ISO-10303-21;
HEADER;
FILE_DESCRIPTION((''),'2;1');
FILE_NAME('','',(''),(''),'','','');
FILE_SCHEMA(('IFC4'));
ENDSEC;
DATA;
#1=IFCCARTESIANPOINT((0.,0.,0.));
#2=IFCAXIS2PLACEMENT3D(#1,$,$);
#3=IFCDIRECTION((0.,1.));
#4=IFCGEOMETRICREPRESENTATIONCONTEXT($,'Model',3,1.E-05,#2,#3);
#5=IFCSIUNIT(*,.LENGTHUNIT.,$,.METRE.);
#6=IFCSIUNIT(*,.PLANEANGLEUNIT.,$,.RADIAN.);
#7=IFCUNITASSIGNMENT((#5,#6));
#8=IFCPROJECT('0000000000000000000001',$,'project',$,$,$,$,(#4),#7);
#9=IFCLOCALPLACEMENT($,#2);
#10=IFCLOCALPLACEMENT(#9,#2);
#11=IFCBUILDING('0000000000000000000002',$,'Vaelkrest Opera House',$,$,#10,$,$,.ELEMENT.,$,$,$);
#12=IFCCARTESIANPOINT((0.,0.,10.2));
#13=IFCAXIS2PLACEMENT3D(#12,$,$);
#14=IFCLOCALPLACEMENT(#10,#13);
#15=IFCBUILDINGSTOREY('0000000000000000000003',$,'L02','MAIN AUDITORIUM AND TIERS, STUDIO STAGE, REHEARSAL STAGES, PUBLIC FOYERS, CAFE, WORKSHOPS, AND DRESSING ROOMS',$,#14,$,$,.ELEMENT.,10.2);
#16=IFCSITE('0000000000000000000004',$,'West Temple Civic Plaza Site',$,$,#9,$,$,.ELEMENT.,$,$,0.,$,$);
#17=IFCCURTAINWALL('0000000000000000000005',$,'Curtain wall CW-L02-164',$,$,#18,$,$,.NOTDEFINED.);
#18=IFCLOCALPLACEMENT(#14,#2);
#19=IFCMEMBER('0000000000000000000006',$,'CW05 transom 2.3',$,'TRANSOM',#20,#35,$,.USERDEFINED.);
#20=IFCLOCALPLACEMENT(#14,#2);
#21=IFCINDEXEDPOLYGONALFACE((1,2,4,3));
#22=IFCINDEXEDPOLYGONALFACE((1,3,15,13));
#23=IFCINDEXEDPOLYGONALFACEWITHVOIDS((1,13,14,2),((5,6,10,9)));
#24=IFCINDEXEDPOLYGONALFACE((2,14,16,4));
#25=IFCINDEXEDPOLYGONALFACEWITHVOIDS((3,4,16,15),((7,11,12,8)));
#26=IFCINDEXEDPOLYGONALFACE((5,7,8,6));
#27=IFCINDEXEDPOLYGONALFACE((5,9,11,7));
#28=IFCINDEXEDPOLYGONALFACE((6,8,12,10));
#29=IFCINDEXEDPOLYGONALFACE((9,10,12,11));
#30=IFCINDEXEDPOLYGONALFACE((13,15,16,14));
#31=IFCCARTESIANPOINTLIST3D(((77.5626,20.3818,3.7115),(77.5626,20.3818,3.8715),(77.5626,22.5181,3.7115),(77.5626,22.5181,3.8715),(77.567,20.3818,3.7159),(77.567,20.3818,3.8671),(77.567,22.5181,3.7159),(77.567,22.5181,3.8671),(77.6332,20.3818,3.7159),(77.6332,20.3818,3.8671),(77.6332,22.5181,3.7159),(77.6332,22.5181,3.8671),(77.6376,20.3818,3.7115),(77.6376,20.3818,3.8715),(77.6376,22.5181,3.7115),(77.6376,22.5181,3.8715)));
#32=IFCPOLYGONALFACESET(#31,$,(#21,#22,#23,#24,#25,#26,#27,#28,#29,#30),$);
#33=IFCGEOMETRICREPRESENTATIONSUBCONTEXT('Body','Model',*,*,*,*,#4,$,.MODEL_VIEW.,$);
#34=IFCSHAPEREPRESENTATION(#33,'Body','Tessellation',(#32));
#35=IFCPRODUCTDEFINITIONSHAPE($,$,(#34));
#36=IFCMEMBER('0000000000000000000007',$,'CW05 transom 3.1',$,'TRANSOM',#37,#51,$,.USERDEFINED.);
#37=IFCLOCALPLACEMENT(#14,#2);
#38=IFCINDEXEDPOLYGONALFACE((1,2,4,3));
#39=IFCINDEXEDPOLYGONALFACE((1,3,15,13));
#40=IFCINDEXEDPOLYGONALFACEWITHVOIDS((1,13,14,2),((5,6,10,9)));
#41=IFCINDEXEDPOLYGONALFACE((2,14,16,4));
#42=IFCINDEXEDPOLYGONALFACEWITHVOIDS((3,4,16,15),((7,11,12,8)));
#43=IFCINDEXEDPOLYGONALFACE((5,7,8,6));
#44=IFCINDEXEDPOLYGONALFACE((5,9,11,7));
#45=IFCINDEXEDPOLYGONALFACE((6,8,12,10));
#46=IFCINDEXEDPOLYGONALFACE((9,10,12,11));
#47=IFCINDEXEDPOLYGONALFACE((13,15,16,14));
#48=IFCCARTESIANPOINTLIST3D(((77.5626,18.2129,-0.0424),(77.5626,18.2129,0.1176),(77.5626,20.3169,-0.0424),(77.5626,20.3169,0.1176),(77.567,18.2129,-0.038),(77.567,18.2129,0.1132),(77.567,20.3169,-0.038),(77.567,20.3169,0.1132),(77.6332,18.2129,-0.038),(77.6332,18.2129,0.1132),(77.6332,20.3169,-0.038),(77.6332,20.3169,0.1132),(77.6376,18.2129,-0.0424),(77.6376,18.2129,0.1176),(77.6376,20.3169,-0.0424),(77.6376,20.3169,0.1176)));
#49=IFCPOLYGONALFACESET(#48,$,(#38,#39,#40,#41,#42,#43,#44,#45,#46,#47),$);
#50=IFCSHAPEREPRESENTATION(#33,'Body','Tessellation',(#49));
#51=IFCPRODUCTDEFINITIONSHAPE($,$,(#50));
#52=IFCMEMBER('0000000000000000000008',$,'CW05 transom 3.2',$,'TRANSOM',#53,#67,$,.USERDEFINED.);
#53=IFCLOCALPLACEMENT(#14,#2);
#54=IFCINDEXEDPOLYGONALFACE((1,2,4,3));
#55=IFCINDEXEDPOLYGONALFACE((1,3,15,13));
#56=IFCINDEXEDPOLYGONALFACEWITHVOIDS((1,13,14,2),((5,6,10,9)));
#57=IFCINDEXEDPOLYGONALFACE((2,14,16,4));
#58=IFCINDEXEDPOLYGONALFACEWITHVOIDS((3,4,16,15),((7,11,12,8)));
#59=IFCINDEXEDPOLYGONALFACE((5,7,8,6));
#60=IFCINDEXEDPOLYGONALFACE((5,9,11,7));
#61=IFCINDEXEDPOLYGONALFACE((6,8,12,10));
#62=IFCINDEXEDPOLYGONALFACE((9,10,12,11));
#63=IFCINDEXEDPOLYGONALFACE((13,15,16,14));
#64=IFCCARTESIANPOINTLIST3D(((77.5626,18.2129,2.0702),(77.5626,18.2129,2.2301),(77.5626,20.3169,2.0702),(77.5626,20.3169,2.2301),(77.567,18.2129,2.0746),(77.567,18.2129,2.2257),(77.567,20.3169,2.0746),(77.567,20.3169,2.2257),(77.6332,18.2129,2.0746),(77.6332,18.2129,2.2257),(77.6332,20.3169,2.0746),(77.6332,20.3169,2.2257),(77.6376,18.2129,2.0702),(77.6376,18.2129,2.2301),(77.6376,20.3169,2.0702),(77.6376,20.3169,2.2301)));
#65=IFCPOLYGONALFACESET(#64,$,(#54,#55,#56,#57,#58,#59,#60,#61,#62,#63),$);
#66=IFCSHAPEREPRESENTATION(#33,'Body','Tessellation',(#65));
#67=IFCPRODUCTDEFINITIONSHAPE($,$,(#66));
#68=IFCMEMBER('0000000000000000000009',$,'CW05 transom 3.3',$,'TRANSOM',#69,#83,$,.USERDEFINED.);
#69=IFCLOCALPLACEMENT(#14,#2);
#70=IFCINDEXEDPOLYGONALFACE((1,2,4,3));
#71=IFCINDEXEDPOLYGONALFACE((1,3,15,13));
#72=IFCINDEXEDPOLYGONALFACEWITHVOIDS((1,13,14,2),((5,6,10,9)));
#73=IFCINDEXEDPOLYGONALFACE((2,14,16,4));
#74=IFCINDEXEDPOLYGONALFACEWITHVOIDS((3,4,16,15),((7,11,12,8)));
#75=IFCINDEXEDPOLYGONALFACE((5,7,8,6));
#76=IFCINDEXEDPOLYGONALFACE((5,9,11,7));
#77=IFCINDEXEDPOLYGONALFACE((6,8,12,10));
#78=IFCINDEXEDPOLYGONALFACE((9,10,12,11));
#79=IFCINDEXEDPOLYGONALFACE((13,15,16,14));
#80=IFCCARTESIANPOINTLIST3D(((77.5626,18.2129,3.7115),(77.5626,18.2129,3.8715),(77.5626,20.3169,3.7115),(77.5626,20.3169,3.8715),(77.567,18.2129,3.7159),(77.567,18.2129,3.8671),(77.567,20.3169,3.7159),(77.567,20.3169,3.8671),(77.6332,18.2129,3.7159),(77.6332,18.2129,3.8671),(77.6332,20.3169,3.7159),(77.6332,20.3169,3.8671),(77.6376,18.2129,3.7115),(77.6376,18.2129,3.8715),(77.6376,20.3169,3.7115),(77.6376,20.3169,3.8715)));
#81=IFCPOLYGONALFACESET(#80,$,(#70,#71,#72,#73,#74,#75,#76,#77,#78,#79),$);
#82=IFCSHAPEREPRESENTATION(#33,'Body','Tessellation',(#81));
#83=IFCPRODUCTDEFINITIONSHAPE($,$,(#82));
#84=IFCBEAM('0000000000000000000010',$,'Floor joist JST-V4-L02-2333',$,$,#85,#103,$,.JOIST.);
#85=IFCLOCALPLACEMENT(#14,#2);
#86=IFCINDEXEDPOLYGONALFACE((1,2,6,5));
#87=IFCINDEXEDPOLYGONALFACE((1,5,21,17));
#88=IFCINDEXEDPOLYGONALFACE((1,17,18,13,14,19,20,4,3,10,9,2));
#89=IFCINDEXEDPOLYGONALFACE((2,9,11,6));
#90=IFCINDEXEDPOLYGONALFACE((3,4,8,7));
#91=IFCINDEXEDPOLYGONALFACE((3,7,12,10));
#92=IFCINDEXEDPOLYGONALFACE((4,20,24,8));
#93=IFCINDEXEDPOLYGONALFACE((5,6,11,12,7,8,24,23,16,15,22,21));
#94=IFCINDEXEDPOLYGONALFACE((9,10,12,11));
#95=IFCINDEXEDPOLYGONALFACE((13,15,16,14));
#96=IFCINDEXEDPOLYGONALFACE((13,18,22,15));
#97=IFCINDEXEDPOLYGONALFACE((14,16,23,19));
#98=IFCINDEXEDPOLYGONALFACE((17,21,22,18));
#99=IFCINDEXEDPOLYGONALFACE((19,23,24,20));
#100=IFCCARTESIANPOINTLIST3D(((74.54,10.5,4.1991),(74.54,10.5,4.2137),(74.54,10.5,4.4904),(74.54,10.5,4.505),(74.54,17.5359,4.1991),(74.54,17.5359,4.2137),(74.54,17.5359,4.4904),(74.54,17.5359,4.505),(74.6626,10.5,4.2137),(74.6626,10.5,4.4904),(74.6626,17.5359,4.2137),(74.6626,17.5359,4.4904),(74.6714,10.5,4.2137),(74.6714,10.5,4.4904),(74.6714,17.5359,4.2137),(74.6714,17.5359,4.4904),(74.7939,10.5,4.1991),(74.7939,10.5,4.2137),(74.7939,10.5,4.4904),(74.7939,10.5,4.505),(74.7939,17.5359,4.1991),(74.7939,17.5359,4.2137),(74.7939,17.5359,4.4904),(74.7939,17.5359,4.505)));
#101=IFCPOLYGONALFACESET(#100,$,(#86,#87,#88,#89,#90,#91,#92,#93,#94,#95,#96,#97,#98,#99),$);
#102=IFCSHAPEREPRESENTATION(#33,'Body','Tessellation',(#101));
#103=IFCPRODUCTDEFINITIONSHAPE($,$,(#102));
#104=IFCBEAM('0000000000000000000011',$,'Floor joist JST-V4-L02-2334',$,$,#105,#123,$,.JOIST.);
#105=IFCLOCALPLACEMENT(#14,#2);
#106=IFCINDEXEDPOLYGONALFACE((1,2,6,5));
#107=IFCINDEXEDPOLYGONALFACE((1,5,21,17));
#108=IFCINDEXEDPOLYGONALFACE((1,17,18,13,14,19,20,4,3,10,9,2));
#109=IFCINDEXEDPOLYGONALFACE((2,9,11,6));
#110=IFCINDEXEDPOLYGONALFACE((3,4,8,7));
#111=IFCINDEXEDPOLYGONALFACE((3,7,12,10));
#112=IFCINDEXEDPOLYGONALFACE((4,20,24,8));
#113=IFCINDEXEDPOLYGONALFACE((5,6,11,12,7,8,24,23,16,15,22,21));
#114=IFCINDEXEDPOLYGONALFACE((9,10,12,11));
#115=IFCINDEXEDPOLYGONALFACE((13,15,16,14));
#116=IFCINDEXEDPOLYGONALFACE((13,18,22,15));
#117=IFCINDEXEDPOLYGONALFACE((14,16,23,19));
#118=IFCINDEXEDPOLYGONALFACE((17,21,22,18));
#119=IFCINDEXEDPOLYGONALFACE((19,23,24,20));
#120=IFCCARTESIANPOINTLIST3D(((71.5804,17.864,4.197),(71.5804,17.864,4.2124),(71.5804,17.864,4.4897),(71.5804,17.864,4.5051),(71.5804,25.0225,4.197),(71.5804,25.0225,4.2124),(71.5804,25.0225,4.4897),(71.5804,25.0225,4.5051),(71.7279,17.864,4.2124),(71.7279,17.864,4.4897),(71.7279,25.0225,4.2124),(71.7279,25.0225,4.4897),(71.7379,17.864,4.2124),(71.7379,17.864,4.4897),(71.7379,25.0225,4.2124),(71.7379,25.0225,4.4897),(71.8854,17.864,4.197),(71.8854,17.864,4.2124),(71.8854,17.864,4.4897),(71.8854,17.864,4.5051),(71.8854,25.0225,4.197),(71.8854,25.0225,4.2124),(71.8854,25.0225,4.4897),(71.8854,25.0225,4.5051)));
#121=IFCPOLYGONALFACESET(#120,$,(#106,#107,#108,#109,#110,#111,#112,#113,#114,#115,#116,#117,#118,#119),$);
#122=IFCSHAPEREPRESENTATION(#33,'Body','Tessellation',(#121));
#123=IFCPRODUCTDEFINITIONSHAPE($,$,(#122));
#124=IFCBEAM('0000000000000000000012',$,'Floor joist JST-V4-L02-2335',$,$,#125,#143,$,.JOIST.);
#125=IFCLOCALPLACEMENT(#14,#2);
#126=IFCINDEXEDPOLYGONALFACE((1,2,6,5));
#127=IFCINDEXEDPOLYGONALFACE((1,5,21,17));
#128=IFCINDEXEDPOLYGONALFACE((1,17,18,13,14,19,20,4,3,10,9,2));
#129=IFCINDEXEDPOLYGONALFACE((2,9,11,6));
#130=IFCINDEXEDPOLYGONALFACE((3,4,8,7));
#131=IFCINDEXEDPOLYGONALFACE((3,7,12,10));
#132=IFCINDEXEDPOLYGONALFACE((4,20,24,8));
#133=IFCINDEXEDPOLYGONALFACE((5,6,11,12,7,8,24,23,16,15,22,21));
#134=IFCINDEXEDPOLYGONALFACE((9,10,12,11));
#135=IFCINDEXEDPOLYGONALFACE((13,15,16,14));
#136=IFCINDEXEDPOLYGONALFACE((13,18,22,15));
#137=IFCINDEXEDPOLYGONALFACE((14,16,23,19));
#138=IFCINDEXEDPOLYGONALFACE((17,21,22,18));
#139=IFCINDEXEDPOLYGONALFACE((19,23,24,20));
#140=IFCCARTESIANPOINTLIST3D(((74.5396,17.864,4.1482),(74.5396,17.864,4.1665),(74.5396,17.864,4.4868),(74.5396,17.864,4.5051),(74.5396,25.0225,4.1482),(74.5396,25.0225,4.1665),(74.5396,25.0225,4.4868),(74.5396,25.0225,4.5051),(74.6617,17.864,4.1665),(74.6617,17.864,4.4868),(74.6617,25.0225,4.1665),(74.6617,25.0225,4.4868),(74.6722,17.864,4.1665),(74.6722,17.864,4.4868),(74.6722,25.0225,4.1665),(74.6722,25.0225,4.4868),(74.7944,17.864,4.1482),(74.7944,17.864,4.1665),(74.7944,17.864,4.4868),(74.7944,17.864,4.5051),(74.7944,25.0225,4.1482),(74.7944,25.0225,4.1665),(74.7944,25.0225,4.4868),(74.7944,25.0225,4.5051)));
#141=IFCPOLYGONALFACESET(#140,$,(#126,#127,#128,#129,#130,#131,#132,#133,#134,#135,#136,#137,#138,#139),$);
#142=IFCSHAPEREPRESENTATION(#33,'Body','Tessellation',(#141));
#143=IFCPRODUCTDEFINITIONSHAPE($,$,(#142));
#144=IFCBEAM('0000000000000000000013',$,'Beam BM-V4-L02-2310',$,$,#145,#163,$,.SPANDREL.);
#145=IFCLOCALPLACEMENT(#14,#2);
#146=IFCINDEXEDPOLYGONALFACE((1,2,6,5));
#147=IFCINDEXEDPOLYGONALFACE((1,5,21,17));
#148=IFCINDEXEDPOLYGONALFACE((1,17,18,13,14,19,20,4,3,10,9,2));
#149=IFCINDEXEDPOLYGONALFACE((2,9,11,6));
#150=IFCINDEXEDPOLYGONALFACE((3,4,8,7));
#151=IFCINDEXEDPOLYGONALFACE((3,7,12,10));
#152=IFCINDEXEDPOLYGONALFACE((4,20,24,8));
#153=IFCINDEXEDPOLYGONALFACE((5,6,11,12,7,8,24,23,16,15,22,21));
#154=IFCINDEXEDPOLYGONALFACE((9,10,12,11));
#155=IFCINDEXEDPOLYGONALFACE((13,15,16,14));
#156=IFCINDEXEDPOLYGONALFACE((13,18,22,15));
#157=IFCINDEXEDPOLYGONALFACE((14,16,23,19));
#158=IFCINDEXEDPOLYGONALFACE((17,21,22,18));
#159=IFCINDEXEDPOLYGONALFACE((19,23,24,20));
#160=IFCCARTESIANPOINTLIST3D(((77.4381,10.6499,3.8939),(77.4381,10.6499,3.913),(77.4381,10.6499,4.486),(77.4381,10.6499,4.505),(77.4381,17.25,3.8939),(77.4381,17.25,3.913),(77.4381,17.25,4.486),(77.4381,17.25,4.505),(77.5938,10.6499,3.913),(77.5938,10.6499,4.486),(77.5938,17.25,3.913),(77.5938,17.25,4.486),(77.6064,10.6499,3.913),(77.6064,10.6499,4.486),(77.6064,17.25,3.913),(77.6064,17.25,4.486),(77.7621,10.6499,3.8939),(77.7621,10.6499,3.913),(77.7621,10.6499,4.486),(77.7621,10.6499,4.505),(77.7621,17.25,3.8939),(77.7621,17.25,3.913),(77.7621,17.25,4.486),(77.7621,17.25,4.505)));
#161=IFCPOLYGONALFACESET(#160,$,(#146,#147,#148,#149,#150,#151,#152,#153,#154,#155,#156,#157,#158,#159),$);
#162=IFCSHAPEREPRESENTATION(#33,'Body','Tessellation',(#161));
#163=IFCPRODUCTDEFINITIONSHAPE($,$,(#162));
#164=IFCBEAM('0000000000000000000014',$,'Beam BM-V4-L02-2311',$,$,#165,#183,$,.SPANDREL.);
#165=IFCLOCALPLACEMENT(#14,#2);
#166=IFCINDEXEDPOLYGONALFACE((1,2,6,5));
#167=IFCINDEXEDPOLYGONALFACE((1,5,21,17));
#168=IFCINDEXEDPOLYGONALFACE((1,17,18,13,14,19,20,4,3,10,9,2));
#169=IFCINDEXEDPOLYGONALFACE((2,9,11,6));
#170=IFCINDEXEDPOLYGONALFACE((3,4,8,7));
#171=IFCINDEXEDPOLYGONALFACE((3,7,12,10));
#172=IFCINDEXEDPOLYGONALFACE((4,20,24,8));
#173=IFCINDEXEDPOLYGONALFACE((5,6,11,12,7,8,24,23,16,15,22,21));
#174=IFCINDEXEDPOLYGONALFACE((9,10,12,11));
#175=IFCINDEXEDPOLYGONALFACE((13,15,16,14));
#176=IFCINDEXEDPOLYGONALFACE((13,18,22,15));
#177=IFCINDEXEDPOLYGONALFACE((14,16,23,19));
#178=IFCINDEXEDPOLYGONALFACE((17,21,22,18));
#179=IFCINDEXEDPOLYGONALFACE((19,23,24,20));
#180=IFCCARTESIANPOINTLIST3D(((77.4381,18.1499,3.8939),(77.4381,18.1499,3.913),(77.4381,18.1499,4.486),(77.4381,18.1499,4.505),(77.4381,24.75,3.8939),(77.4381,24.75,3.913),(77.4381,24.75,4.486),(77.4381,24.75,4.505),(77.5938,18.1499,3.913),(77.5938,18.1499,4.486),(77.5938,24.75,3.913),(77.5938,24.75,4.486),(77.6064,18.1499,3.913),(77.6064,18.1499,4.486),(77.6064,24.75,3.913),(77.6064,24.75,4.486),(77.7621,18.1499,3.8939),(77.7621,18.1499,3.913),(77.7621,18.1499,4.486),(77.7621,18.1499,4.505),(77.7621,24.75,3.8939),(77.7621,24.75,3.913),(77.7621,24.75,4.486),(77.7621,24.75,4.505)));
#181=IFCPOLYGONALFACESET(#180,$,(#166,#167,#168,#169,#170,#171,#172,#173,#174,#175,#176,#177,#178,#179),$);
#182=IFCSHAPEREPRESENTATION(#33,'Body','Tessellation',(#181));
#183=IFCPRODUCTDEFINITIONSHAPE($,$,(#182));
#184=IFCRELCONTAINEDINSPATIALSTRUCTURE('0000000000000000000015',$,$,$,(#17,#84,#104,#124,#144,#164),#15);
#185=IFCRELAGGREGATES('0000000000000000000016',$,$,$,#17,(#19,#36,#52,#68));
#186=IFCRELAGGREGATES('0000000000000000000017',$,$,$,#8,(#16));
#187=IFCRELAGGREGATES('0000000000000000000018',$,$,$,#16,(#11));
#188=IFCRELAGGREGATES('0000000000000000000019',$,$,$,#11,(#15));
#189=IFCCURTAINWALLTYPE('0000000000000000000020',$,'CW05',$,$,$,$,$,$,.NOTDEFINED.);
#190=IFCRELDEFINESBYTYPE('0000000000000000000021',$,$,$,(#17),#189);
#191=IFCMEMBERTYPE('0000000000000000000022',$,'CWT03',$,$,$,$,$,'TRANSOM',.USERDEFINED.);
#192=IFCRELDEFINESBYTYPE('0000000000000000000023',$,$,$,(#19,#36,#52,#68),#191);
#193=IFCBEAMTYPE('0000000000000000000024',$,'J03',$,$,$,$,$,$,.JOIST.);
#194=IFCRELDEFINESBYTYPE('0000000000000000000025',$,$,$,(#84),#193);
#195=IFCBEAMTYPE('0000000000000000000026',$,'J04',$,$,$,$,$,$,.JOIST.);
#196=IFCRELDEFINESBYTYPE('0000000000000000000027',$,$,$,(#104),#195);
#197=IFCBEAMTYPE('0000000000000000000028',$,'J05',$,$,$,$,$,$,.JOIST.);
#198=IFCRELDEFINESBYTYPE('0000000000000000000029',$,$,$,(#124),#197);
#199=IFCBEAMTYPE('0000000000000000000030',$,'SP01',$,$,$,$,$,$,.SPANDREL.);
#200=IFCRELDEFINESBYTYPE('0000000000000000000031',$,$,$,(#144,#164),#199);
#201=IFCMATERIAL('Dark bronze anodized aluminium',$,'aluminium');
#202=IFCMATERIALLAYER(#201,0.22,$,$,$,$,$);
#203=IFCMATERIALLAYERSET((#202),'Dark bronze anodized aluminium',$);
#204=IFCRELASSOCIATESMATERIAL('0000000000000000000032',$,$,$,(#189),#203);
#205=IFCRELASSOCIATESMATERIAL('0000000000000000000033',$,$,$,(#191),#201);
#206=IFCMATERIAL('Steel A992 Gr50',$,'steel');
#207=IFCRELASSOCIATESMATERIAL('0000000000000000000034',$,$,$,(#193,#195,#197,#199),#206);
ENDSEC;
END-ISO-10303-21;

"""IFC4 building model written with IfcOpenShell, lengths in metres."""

from ifc_helpers import new_model, si_unit, direction, frame, origin, origin_2d, place, context, subcontext, project, spatial, hollow_rectangle, i_section, extrude, material, layer, layer_set, material_profile, profile_set, type_object, element, aggregate, save


model = new_model("IFC4")

# Units and contexts
model_context = context("Model", 3, precision=1e-05, world=origin(), true_north=direction((0.0, 1.0)))
body_context = subcontext(model_context, "Body", "Model", "MODEL_VIEW")
ifc_project = project(units=[si_unit("LENGTHUNIT", "METRE"), si_unit("PLANEANGLEUNIT", "RADIAN")], contexts=[model_context])

# Site, building, storey
site_placement = place(None, origin())
site = spatial("IfcSite", under=ifc_project, at=site_placement, Name="West Temple Civic Plaza Site", CompositionType="ELEMENT", RefElevation=0.0)
building_placement = place(site_placement, origin())
building = spatial("IfcBuilding", under=site, at=building_placement, Name="Vaelkrest Opera House", CompositionType="ELEMENT")
storey_placement = place(building_placement, frame((0.0, 0.0, 10.2)))
storey = spatial("IfcBuildingStorey", under=building, at=storey_placement, Name="L02", Description="MAIN AUDITORIUM AND TIERS, STUDIO STAGE, REHEARSAL STAGES, PUBLIC FOYERS, CAFE, WORKSHOPS, AND DRESSING ROOMS", CompositionType="ELEMENT", Elevation=10.2)

# Curtain wall, members
ifc_material_1 = material(Name="Dark bronze anodized aluminium", Category="aluminium")
ifc_layer_1 = layer(ifc_material_1, 0.22)
ifc_layer_set_1 = layer_set([ifc_layer_1], Name="Dark bronze anodized aluminium")
curtain_wall_type = type_object("IfcCurtainWallType", Name="CW05", PredefinedType="NOTDEFINED", material=ifc_layer_set_1)
curtain_wall_placement = place(storey_placement, origin())
curtain_wall = element("IfcCurtainWall", 1, at=curtain_wall_placement, inside=storey, type_object=curtain_wall_type, Name="Curtain wall CW-L02-164", PredefinedType="NOTDEFINED")
ifc_material_profile_1 = material_profile(ifc_material_1, hollow_rectangle(XDim=0.075, YDim=0.1599, WallThickness=0.0044, at=origin_2d()), Name="CWT75X160")
ifc_profile_set_1 = profile_set([ifc_material_profile_1], Name="Dark bronze anodized aluminium")
member_type_1 = type_object("IfcMemberType", Name="CWT03", ElementType="TRANSOM", PredefinedType="USERDEFINED", material=ifc_profile_set_1)
member_1_placement = place(storey_placement, frame((77.6001, 22.5181, 3.7915), z_axis=(0.0, -1.0, 0.0), x_axis=(1.0, 0.0, 0.0)))
member_1 = element("IfcMember", 2, at=member_1_placement, type_object=member_type_1, Name="CW05 transom 2.3", ObjectType="TRANSOM", PredefinedType="USERDEFINED", context=body_context, shape_type="SweptSolid", body=[
    extrude(hollow_rectangle(XDim=0.075, YDim=0.1599, WallThickness=0.0044, at=origin_2d()), origin(), (0.0, 0.0, 1.0), 2.1362),
])
member_2_placement = place(storey_placement, frame((77.6001, 20.3169, 0.0376), z_axis=(0.0, -1.0, 0.0), x_axis=(1.0, 0.0, 0.0)))
member_2 = element("IfcMember", 3, at=member_2_placement, type_object=member_type_1, Name="CW05 transom 3.1", ObjectType="TRANSOM", PredefinedType="USERDEFINED", context=body_context, shape_type="SweptSolid", body=[
    extrude(hollow_rectangle(XDim=0.075, YDim=0.1599, WallThickness=0.0044, at=origin_2d()), origin(), (0.0, 0.0, 1.0), 2.104),
])
member_3_placement = place(storey_placement, frame((77.6001, 20.3169, 2.1501), z_axis=(0.0, -1.0, 0.0), x_axis=(1.0, 0.0, 0.0)))
member_3 = element("IfcMember", 4, at=member_3_placement, type_object=member_type_1, Name="CW05 transom 3.2", ObjectType="TRANSOM", PredefinedType="USERDEFINED", context=body_context, shape_type="SweptSolid", body=[
    extrude(hollow_rectangle(XDim=0.075, YDim=0.1599, WallThickness=0.0044, at=origin_2d()), origin(), (0.0, 0.0, 1.0), 2.104),
])
member_4_placement = place(storey_placement, frame((77.6001, 20.3169, 3.7915), z_axis=(0.0, -1.0, 0.0), x_axis=(1.0, 0.0, 0.0)))
member_4 = element("IfcMember", 5, at=member_4_placement, type_object=member_type_1, Name="CW05 transom 3.3", ObjectType="TRANSOM", PredefinedType="USERDEFINED", context=body_context, shape_type="SweptSolid", body=[
    extrude(hollow_rectangle(XDim=0.075, YDim=0.1599, WallThickness=0.0044, at=origin_2d()), origin(), (0.0, 0.0, 1.0), 2.104),
])

# Beams
ifc_material_2 = material(Name="Steel A992 Gr50", Category="steel")
ifc_material_profile_2 = material_profile(ifc_material_2, i_section(OverallWidth=0.2539, OverallDepth=0.3059, WebThickness=0.0088, FlangeThickness=0.0146, at=origin_2d()), Name="W12X53")
ifc_profile_set_2 = profile_set([ifc_material_profile_2], Name="Steel A992 Gr50")
beam_type_1 = type_object("IfcBeamType", Name="J03", PredefinedType="JOIST", material=ifc_profile_set_2)
beam_1_placement = place(storey_placement, frame((74.667, 10.5, 4.3521), z_axis=(0.0, 1.0, 0.0), x_axis=(-1.0, 0.0, 0.0)))
element("IfcBeam", 6, at=beam_1_placement, inside=storey, type_object=beam_type_1, Name="Floor joist JST-V4-L02-2333", PredefinedType="JOIST", context=body_context, shape_type="SweptSolid", body=[
    extrude(i_section(OverallWidth=0.2539, OverallDepth=0.3059, WebThickness=0.0088, FlangeThickness=0.0146, at=origin_2d()), origin(), (0.0, 0.0, 1.0), 7.0359),
])
ifc_material_profile_3 = material_profile(ifc_material_2, i_section(OverallWidth=0.3049, OverallDepth=0.3081, WebThickness=0.01, FlangeThickness=0.0154, at=origin_2d()), Name="W12X65")
ifc_profile_set_3 = profile_set([ifc_material_profile_3], Name="Steel A992 Gr50")
beam_type_2 = type_object("IfcBeamType", Name="J04", PredefinedType="JOIST", material=ifc_profile_set_3)
beam_2_placement = place(storey_placement, frame((71.7329, 17.864, 4.3511), z_axis=(0.0, 1.0, 0.0), x_axis=(-1.0, 0.0, 0.0)))
element("IfcBeam", 7, at=beam_2_placement, inside=storey, type_object=beam_type_2, Name="Floor joist JST-V4-L02-2334", PredefinedType="JOIST", context=body_context, shape_type="SweptSolid", body=[
    extrude(i_section(OverallWidth=0.3049, OverallDepth=0.3081, WebThickness=0.01, FlangeThickness=0.0154, at=origin_2d()), origin(), (0.0, 0.0, 1.0), 7.1584),
])
ifc_material_profile_4 = material_profile(ifc_material_2, i_section(OverallWidth=0.2549, OverallDepth=0.3569, WebThickness=0.0105, FlangeThickness=0.0183, at=origin_2d()), Name="W14X68")
ifc_profile_set_4 = profile_set([ifc_material_profile_4], Name="Steel A992 Gr50")
beam_type_3 = type_object("IfcBeamType", Name="J05", PredefinedType="JOIST", material=ifc_profile_set_4)
beam_3_placement = place(storey_placement, frame((74.667, 17.864, 4.3267), z_axis=(0.0, 1.0, 0.0), x_axis=(-1.0, 0.0, 0.0)))
element("IfcBeam", 8, at=beam_3_placement, inside=storey, type_object=beam_type_3, Name="Floor joist JST-V4-L02-2335", PredefinedType="JOIST", context=body_context, shape_type="SweptSolid", body=[
    extrude(i_section(OverallWidth=0.2549, OverallDepth=0.3569, WebThickness=0.0105, FlangeThickness=0.0183, at=origin_2d()), origin(), (0.0, 0.0, 1.0), 7.1584),
])
ifc_material_profile_5 = material_profile(ifc_material_2, i_section(OverallWidth=0.324, OverallDepth=0.6111, WebThickness=0.0127, FlangeThickness=0.019, at=origin_2d()), Name="W24X104")
ifc_profile_set_5 = profile_set([ifc_material_profile_5], Name="Steel A992 Gr50")
beam_type_4 = type_object("IfcBeamType", Name="SP01", PredefinedType="SPANDREL", material=ifc_profile_set_5)
for number, where, z_axis, x_axis, name in (
    (9, (77.6001, 10.6499, 4.1995), (0.0, 1.0, 0.0), (-1.0, 0.0, 0.0), "Beam BM-V4-L02-2310"),
    (10, (77.6001, 18.1499, 4.1995), (0.0, 1.0, 0.0), (-1.0, 0.0, 0.0), "Beam BM-V4-L02-2311"),
):
    element("IfcBeam", number, at=place(storey_placement, frame(where, z_axis=z_axis, x_axis=x_axis)), inside=storey, type_object=beam_type_4, Name=name, PredefinedType="SPANDREL", context=body_context, shape_type="SweptSolid", body=[
        extrude(i_section(OverallWidth=0.324, OverallDepth=0.6111, WebThickness=0.0127, FlangeThickness=0.019, at=origin_2d()), origin(), (0.0, 0.0, 1.0), 6.6001),
    ])

aggregate(curtain_wall, [member_1, member_2, member_3, member_4])

save(model, "model.ifc")
